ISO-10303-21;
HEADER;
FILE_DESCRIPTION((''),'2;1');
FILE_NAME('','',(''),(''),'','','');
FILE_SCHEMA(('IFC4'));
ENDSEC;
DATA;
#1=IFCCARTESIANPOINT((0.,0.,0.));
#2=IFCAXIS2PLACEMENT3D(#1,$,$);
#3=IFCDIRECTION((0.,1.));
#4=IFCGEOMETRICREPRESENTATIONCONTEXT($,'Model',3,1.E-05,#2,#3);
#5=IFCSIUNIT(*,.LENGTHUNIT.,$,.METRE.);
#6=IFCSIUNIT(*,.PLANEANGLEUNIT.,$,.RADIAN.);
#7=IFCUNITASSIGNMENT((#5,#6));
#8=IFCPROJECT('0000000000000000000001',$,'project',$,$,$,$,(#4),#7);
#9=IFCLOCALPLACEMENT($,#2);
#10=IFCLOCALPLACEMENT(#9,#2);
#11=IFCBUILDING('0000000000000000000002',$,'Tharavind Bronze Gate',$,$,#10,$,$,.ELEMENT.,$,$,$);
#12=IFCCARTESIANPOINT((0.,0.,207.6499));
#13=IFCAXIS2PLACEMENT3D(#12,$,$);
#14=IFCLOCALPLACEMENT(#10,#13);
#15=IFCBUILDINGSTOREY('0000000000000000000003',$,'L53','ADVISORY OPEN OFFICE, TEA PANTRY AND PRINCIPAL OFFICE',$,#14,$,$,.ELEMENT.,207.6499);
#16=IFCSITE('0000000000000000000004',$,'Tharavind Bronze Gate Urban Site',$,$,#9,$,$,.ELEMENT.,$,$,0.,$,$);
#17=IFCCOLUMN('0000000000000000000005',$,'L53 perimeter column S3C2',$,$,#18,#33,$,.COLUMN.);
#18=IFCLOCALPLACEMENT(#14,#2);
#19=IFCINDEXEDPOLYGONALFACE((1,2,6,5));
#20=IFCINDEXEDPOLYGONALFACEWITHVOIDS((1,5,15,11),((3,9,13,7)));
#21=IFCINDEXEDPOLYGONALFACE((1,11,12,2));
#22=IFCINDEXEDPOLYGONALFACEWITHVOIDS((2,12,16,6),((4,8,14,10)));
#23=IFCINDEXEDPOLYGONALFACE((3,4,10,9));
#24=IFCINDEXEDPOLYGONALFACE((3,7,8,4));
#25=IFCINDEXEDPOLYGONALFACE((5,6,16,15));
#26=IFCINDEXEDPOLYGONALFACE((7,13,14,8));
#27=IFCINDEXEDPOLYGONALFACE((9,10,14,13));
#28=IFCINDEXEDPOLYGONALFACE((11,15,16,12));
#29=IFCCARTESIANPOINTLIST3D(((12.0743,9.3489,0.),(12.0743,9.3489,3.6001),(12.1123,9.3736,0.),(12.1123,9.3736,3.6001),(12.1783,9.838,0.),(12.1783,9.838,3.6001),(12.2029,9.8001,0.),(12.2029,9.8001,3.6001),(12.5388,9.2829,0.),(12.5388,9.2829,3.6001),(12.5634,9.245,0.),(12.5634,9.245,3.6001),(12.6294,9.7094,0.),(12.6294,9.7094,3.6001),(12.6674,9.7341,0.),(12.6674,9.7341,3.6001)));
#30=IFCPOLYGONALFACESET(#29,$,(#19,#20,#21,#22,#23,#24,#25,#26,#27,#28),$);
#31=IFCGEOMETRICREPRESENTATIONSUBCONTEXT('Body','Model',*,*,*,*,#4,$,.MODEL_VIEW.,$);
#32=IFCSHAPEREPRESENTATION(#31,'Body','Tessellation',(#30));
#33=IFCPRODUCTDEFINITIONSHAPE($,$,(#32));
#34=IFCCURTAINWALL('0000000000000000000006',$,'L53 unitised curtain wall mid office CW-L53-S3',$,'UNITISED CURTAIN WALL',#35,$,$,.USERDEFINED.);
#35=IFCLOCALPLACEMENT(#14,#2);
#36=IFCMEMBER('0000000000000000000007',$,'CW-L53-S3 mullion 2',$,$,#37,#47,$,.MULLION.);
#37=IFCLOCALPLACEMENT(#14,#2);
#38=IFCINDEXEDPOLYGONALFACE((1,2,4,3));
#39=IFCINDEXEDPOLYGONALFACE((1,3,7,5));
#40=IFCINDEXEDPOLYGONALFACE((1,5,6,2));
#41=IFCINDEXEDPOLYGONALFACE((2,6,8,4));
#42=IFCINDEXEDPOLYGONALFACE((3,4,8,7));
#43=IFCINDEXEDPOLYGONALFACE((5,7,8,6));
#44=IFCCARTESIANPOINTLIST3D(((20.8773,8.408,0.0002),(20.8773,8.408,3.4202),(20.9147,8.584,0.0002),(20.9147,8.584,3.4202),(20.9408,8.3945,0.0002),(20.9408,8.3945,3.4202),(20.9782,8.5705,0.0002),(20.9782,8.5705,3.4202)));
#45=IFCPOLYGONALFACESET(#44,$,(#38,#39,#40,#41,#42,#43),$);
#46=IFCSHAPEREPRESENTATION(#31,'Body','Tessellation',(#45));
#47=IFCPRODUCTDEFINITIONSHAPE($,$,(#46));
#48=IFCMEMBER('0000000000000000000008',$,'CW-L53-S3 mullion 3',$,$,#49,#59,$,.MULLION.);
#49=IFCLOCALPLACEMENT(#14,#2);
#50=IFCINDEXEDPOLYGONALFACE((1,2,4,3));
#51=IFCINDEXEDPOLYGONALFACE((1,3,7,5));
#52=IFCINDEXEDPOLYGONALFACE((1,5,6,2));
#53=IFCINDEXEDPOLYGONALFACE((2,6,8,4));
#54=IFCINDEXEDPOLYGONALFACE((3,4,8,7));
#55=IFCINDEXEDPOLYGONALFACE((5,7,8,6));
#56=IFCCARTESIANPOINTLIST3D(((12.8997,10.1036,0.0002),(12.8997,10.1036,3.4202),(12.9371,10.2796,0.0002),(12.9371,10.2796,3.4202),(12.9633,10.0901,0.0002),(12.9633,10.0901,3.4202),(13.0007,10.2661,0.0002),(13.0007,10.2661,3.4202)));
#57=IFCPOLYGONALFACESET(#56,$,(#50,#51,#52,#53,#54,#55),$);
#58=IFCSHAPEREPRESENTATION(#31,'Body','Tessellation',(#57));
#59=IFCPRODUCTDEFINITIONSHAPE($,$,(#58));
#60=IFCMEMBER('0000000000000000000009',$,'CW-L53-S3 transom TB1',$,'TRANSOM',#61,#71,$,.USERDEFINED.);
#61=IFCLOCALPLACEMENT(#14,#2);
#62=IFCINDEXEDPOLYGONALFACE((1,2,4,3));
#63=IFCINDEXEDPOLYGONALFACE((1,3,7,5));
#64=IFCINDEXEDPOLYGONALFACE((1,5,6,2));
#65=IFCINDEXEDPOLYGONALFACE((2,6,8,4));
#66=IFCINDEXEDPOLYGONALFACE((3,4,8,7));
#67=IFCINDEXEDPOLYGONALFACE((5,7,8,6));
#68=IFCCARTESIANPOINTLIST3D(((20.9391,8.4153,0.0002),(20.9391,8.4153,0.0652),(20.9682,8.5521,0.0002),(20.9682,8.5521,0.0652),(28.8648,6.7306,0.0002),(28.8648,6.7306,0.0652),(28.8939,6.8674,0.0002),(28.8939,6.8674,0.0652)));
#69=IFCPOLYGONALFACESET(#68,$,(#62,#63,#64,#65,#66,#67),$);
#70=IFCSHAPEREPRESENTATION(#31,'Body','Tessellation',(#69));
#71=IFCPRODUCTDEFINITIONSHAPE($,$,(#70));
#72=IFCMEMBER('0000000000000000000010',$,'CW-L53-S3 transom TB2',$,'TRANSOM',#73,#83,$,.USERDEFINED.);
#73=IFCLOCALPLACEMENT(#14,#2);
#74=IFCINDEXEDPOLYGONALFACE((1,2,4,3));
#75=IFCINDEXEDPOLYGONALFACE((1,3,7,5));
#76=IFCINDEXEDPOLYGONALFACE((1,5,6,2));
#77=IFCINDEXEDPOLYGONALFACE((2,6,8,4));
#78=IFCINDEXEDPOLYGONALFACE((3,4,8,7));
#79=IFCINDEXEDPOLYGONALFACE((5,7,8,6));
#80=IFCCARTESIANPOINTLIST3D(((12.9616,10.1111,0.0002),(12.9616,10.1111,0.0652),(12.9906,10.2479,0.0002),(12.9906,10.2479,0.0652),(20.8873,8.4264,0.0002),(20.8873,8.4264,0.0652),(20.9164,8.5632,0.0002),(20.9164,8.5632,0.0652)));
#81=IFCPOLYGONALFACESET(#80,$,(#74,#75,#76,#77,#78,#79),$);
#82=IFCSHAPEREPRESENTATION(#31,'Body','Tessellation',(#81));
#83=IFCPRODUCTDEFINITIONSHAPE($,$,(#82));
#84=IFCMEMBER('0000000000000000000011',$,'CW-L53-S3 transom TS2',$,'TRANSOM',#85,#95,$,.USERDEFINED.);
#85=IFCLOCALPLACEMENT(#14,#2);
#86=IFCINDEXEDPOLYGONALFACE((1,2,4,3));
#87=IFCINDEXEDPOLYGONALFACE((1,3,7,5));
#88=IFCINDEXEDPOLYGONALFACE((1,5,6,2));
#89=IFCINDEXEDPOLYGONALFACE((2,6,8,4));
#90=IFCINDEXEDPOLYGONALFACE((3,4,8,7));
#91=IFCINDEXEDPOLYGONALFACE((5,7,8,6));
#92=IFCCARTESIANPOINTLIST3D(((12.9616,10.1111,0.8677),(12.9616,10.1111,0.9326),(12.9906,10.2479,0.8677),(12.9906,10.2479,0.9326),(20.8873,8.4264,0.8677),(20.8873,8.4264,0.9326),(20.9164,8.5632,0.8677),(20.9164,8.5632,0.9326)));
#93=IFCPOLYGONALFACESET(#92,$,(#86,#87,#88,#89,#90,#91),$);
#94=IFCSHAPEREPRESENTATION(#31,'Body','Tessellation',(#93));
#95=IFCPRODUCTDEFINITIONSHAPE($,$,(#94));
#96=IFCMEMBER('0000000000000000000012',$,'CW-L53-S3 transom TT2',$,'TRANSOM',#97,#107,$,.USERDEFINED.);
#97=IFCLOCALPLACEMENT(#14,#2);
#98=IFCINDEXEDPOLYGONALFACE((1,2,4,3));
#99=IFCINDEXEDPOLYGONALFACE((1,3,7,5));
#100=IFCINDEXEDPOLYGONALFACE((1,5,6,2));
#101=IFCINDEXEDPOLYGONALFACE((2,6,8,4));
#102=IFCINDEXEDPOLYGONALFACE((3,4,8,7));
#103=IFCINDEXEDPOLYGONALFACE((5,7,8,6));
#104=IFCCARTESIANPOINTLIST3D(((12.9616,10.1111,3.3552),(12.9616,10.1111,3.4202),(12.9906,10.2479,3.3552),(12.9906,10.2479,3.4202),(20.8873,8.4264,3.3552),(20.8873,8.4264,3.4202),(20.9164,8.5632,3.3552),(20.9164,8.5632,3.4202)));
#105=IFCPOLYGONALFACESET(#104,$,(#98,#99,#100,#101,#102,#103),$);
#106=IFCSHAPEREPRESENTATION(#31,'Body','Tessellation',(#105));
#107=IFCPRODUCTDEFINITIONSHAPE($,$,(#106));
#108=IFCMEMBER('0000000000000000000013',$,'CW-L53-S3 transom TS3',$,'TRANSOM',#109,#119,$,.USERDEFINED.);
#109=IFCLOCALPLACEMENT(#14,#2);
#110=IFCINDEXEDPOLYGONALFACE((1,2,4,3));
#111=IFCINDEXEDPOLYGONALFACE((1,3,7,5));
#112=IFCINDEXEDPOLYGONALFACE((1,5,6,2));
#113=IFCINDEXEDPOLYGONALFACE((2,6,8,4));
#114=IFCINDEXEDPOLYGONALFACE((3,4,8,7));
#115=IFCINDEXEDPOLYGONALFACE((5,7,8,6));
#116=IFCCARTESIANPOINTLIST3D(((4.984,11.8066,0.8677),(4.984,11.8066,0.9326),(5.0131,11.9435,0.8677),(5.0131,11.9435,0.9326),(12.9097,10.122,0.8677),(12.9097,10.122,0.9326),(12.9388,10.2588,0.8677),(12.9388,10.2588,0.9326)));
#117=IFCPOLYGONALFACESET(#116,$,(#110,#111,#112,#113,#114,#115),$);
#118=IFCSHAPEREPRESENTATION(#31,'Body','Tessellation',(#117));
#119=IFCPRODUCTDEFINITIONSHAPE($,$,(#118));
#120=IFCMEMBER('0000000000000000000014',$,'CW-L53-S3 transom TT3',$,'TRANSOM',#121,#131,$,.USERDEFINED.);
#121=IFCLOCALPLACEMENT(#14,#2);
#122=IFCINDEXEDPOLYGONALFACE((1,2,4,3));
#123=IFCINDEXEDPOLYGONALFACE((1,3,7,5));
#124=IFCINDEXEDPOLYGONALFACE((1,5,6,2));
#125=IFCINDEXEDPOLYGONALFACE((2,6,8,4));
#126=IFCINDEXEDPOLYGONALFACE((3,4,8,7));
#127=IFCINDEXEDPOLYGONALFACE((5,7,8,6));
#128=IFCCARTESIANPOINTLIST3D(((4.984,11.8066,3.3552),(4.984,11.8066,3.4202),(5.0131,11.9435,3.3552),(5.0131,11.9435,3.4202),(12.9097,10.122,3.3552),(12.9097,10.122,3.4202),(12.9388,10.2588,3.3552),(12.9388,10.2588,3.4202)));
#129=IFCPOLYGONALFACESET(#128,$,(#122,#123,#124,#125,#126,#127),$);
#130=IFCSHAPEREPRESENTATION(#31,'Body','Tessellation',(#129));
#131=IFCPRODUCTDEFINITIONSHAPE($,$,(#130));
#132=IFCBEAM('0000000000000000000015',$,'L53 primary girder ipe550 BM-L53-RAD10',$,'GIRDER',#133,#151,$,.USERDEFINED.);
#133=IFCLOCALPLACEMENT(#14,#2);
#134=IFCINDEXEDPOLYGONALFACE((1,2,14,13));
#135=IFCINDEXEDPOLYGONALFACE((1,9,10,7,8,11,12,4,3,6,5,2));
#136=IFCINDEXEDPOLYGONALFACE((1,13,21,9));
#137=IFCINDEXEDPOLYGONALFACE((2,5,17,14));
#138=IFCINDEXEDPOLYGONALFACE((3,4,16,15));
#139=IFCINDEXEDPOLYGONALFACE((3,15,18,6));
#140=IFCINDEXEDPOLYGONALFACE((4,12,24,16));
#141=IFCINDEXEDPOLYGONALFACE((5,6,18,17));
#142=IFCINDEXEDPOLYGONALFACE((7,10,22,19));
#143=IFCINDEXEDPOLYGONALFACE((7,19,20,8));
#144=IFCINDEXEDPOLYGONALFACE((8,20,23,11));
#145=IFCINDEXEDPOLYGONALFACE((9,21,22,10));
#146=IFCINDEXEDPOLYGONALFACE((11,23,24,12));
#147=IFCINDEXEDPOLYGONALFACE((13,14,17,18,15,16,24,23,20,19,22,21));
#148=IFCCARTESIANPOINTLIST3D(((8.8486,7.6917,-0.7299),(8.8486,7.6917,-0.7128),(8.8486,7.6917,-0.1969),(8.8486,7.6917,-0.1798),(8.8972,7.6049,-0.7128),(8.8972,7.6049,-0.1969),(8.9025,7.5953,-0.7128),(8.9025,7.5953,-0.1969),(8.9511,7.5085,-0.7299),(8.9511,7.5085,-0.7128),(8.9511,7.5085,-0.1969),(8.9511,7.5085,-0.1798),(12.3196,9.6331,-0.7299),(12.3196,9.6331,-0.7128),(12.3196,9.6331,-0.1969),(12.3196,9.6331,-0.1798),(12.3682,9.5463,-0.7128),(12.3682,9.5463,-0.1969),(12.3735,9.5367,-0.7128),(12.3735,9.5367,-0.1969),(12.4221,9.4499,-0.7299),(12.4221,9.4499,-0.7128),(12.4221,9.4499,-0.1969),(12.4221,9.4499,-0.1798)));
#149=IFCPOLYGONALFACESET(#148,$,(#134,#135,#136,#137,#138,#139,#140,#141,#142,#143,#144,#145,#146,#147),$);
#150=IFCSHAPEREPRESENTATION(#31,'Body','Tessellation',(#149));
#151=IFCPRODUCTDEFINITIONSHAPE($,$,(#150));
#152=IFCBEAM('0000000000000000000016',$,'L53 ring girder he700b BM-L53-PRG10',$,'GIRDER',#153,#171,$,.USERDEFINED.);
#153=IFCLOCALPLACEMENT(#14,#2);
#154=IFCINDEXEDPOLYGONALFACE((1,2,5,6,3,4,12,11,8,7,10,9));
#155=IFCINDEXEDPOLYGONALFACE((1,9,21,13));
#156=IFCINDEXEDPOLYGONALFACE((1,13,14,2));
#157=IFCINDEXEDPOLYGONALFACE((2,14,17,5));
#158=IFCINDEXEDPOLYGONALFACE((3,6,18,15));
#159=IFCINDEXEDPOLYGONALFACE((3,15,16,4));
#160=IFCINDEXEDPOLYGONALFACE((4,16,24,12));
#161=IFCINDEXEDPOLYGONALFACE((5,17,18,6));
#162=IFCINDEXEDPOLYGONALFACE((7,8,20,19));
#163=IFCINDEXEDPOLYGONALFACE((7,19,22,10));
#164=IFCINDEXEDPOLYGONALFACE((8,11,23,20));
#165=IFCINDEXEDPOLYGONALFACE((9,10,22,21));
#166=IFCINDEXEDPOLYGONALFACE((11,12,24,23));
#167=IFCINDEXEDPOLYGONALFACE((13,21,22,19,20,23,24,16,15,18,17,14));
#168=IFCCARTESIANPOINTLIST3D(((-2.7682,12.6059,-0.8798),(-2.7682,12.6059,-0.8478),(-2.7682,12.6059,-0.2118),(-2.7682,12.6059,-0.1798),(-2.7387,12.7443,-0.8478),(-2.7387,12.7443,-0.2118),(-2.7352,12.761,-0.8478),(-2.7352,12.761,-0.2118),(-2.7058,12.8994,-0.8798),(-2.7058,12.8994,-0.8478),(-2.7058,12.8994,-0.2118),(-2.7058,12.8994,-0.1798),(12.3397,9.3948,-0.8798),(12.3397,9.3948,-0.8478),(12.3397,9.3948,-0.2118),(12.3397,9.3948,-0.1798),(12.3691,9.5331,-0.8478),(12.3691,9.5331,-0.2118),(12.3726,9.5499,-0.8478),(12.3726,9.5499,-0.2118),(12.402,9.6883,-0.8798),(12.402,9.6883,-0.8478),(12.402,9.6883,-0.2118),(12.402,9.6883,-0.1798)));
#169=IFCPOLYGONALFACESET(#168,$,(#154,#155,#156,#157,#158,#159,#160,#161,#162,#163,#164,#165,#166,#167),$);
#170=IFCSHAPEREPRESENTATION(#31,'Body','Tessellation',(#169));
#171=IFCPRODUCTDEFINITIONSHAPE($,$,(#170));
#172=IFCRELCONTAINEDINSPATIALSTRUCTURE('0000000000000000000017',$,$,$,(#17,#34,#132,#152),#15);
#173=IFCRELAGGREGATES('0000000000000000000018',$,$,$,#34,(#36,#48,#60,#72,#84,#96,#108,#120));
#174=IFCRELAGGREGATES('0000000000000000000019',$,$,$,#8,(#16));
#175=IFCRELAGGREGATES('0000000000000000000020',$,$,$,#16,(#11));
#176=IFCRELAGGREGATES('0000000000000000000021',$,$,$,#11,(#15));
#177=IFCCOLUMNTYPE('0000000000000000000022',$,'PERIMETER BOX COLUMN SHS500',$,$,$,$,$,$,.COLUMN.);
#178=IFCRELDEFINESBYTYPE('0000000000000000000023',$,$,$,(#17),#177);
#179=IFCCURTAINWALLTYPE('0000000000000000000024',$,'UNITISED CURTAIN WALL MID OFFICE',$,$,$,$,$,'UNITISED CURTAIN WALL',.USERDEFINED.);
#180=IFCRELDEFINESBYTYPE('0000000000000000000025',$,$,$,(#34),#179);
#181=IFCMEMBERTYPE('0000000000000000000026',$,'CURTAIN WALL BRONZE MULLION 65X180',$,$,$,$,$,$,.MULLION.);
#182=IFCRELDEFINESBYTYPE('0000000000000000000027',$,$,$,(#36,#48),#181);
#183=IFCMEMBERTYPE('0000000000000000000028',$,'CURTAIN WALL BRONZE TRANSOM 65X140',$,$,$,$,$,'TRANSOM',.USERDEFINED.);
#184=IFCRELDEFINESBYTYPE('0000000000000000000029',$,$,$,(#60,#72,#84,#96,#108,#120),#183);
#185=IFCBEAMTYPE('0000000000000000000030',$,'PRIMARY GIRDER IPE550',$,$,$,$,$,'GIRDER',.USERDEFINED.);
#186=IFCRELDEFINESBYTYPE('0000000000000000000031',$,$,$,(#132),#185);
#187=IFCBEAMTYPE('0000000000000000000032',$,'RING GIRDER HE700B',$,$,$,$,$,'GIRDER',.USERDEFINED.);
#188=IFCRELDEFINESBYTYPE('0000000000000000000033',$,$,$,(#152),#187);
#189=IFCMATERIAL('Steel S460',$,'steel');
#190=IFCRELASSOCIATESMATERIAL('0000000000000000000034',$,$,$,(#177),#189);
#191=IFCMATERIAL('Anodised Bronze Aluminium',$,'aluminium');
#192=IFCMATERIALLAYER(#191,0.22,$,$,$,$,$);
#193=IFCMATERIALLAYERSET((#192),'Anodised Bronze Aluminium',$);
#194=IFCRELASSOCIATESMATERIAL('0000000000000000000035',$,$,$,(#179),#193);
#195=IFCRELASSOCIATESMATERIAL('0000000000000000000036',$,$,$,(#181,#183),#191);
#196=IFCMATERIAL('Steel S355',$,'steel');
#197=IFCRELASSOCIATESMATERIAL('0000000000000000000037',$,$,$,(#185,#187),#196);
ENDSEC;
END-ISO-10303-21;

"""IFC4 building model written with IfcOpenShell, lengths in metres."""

from ifc_helpers import new_model, si_unit, direction, frame, origin, origin_2d, place, context, subcontext, project, spatial, rectangle, hollow_rectangle, i_section, extrude, material, layer, layer_set, material_profile, profile_set, type_object, element, aggregate, save


model = new_model("IFC4")

# Units and contexts
model_context = context("Model", 3, precision=1e-05, world=origin(), true_north=direction((0.0, 1.0)))
body_context = subcontext(model_context, "Body", "Model", "MODEL_VIEW")
ifc_project = project(units=[si_unit("LENGTHUNIT", "METRE"), si_unit("PLANEANGLEUNIT", "RADIAN")], contexts=[model_context])

# Site, building, storey
site_placement = place(None, origin())
site = spatial("IfcSite", under=ifc_project, at=site_placement, Name="Tharavind Bronze Gate Urban Site", CompositionType="ELEMENT", RefElevation=0.0)
building_placement = place(site_placement, origin())
building = spatial("IfcBuilding", under=site, at=building_placement, Name="Tharavind Bronze Gate", CompositionType="ELEMENT")
storey_placement = place(building_placement, frame((0.0, 0.0, 207.6499)))
storey = spatial("IfcBuildingStorey", under=building, at=storey_placement, Name="L53", Description="ADVISORY OPEN OFFICE, TEA PANTRY AND PRINCIPAL OFFICE", CompositionType="ELEMENT", Elevation=207.6499)

# Column
ifc_material_1 = material(Name="Steel S460", Category="steel")
ifc_material_profile_1 = material_profile(ifc_material_1, hollow_rectangle(XDim=0.5, YDim=0.5, WallThickness=0.032, at=origin_2d()), Name="SHS500X32")
ifc_profile_set_1 = profile_set([ifc_material_profile_1], Name="Steel S460")
column_type = type_object("IfcColumnType", Name="PERIMETER BOX COLUMN SHS500", PredefinedType="COLUMN", material=ifc_profile_set_1)
column_placement = place(storey_placement, frame((12.3708, 9.5415, 0.0), z_axis=(0.0, 0.0, 1.0), x_axis=(-0.978148, 0.207912, 0.0)))
element("IfcColumn", 1, at=column_placement, inside=storey, type_object=column_type, Name="L53 perimeter column S3C2", PredefinedType="COLUMN", context=body_context, shape_type="SweptSolid", body=[
    extrude(hollow_rectangle(XDim=0.5, YDim=0.5, WallThickness=0.032, at=origin_2d()), origin(), (0.0, 0.0, 1.0), 3.6001),
])

# Curtain wall, members
ifc_material_2 = material(Name="Anodised Bronze Aluminium", Category="aluminium")
ifc_layer_1 = layer(ifc_material_2, 0.22)
ifc_layer_set_1 = layer_set([ifc_layer_1], Name="Anodised Bronze Aluminium")
curtain_wall_type = type_object("IfcCurtainWallType", Name="UNITISED CURTAIN WALL MID OFFICE", ElementType="UNITISED CURTAIN WALL", PredefinedType="USERDEFINED", material=ifc_layer_set_1)
curtain_wall_placement = place(storey_placement, origin())
curtain_wall = element("IfcCurtainWall", 2, at=curtain_wall_placement, inside=storey, type_object=curtain_wall_type, Name="L53 unitised curtain wall mid office CW-L53-S3", ObjectType="UNITISED CURTAIN WALL", PredefinedType="USERDEFINED")
member_type_1 = type_object("IfcMemberType", Name="CURTAIN WALL BRONZE MULLION 65X180", PredefinedType="MULLION", material=ifc_material_2)
member_1_placement = place(storey_placement, frame((20.9277, 8.4893, 0.0002), z_axis=(0.0, 0.0, 1.0), x_axis=(-0.978148, 0.207912, 0.0)))
member_1 = element("IfcMember", 3, at=member_1_placement, type_object=member_type_1, Name="CW-L53-S3 mullion 2", PredefinedType="MULLION", context=body_context, shape_type="SweptSolid", body=[
    extrude(rectangle(XDim=0.0649, YDim=0.1799, at=origin_2d()), origin(), (0.0, 0.0, 1.0), 3.4199),
])
member_2_placement = place(storey_placement, frame((12.9502, 10.1848, 0.0002), z_axis=(0.0, 0.0, 1.0), x_axis=(-0.978148, 0.207912, 0.0)))
member_2 = element("IfcMember", 4, at=member_2_placement, type_object=member_type_1, Name="CW-L53-S3 mullion 3", PredefinedType="MULLION", context=body_context, shape_type="SweptSolid", body=[
    extrude(rectangle(XDim=0.0649, YDim=0.1799, at=origin_2d()), origin(), (0.0, 0.0, 1.0), 3.4199),
])
member_type_2 = type_object("IfcMemberType", Name="CURTAIN WALL BRONZE TRANSOM 65X140", ElementType="TRANSOM", PredefinedType="USERDEFINED", material=ifc_material_2)
member_3_placement = place(storey_placement, frame((24.9165, 7.6414, 0.0002), z_axis=(0.0, 0.0, 1.0), x_axis=(-0.978148, 0.207912, 0.0)))
member_3 = element("IfcMember", 5, at=member_3_placement, type_object=member_type_2, Name="CW-L53-S3 transom TB1", ObjectType="TRANSOM", PredefinedType="USERDEFINED", context=body_context, shape_type="SweptSolid", body=[
    extrude(rectangle(XDim=8.1028, YDim=0.1399, at=origin_2d()), origin(), (0.0, 0.0, 1.0), 0.0649),
])
member_4_placement = place(storey_placement, frame((16.939, 9.3372, 0.0002), z_axis=(0.0, 0.0, 1.0), x_axis=(-0.978148, 0.207912, 0.0)))
member_4 = element("IfcMember", 6, at=member_4_placement, type_object=member_type_2, Name="CW-L53-S3 transom TB2", ObjectType="TRANSOM", PredefinedType="USERDEFINED", context=body_context, shape_type="SweptSolid", body=[
    extrude(rectangle(XDim=8.1028, YDim=0.1399, at=origin_2d()), origin(), (0.0, 0.0, 1.0), 0.0649),
])
member_5_placement = place(storey_placement, frame((16.939, 9.3372, 0.8677), z_axis=(0.0, 0.0, 1.0), x_axis=(-0.978148, 0.207912, 0.0)))
member_5 = element("IfcMember", 7, at=member_5_placement, type_object=member_type_2, Name="CW-L53-S3 transom TS2", ObjectType="TRANSOM", PredefinedType="USERDEFINED", context=body_context, shape_type="SweptSolid", body=[
    extrude(rectangle(XDim=8.1028, YDim=0.1399, at=origin_2d()), origin(), (0.0, 0.0, 1.0), 0.0649),
])
member_6_placement = place(storey_placement, frame((16.939, 9.3372, 3.3552), z_axis=(0.0, 0.0, 1.0), x_axis=(-0.978148, 0.207912, 0.0)))
member_6 = element("IfcMember", 8, at=member_6_placement, type_object=member_type_2, Name="CW-L53-S3 transom TT2", ObjectType="TRANSOM", PredefinedType="USERDEFINED", context=body_context, shape_type="SweptSolid", body=[
    extrude(rectangle(XDim=8.1028, YDim=0.1399, at=origin_2d()), origin(), (0.0, 0.0, 1.0), 0.0649),
])
member_7_placement = place(storey_placement, frame((8.9614, 11.0327, 0.8677), z_axis=(0.0, 0.0, 1.0), x_axis=(-0.978148, 0.207912, 0.0)))
member_7 = element("IfcMember", 9, at=member_7_placement, type_object=member_type_2, Name="CW-L53-S3 transom TS3", ObjectType="TRANSOM", PredefinedType="USERDEFINED", context=body_context, shape_type="SweptSolid", body=[
    extrude(rectangle(XDim=8.1028, YDim=0.1399, at=origin_2d()), origin(), (0.0, 0.0, 1.0), 0.0649),
])
member_8_placement = place(storey_placement, frame((8.9614, 11.0327, 3.3552), z_axis=(0.0, 0.0, 1.0), x_axis=(-0.978148, 0.207912, 0.0)))
member_8 = element("IfcMember", 10, at=member_8_placement, type_object=member_type_2, Name="CW-L53-S3 transom TT3", ObjectType="TRANSOM", PredefinedType="USERDEFINED", context=body_context, shape_type="SweptSolid", body=[
    extrude(rectangle(XDim=8.1028, YDim=0.1399, at=origin_2d()), origin(), (0.0, 0.0, 1.0), 0.0649),
])

# Beams
ifc_material_3 = material(Name="Steel S355", Category="steel")
ifc_material_profile_2 = material_profile(ifc_material_3, i_section(OverallWidth=0.21, OverallDepth=0.55, WebThickness=0.011, FlangeThickness=0.0171, at=origin_2d()), Name="IPE550")
ifc_profile_set_2 = profile_set([ifc_material_profile_2], Name="Steel S355")
beam_type_1 = type_object("IfcBeamType", Name="PRIMARY GIRDER IPE550", ElementType="GIRDER", PredefinedType="USERDEFINED", material=ifc_profile_set_2)
beam_1_placement = place(storey_placement, frame((12.3708, 9.5415, -0.4548), z_axis=(-0.872755, -0.488158, 0.0), x_axis=(0.488158, -0.872755, 0.0)))
element("IfcBeam", 11, at=beam_1_placement, inside=storey, type_object=beam_type_1, Name="L53 primary girder ipe550 BM-L53-RAD10", ObjectType="GIRDER", PredefinedType="USERDEFINED", context=body_context, shape_type="SweptSolid", body=[
    extrude(i_section(OverallWidth=0.21, OverallDepth=0.55, WebThickness=0.011, FlangeThickness=0.0171, at=origin_2d()), origin(), (0.0, 0.0, 1.0), 3.9771),
])
ifc_material_profile_3 = material_profile(ifc_material_3, i_section(OverallWidth=0.3, OverallDepth=0.7, WebThickness=0.0171, FlangeThickness=0.032, at=origin_2d()), Name="HE700B")
ifc_profile_set_3 = profile_set([ifc_material_profile_3], Name="Steel S355")
beam_type_2 = type_object("IfcBeamType", Name="RING GIRDER HE700B", ElementType="GIRDER", PredefinedType="USERDEFINED", material=ifc_profile_set_3)
beam_2_placement = place(storey_placement, frame((12.3708, 9.5415, -0.5298), z_axis=(-0.978149, 0.207905, 0.0), x_axis=(-0.207905, -0.978149, 0.0)))
element("IfcBeam", 12, at=beam_2_placement, inside=storey, type_object=beam_type_2, Name="L53 ring girder he700b BM-L53-PRG10", ObjectType="GIRDER", PredefinedType="USERDEFINED", context=body_context, shape_type="SweptSolid", body=[
    extrude(i_section(OverallWidth=0.3, OverallDepth=0.7, WebThickness=0.0171, FlangeThickness=0.032, at=origin_2d()), origin(), (0.0, 0.0, 1.0), 15.4453),
])

aggregate(curtain_wall, [member_1, member_2, member_3, member_4, member_5, member_6, member_7, member_8])

save(model, "model.ifc")
